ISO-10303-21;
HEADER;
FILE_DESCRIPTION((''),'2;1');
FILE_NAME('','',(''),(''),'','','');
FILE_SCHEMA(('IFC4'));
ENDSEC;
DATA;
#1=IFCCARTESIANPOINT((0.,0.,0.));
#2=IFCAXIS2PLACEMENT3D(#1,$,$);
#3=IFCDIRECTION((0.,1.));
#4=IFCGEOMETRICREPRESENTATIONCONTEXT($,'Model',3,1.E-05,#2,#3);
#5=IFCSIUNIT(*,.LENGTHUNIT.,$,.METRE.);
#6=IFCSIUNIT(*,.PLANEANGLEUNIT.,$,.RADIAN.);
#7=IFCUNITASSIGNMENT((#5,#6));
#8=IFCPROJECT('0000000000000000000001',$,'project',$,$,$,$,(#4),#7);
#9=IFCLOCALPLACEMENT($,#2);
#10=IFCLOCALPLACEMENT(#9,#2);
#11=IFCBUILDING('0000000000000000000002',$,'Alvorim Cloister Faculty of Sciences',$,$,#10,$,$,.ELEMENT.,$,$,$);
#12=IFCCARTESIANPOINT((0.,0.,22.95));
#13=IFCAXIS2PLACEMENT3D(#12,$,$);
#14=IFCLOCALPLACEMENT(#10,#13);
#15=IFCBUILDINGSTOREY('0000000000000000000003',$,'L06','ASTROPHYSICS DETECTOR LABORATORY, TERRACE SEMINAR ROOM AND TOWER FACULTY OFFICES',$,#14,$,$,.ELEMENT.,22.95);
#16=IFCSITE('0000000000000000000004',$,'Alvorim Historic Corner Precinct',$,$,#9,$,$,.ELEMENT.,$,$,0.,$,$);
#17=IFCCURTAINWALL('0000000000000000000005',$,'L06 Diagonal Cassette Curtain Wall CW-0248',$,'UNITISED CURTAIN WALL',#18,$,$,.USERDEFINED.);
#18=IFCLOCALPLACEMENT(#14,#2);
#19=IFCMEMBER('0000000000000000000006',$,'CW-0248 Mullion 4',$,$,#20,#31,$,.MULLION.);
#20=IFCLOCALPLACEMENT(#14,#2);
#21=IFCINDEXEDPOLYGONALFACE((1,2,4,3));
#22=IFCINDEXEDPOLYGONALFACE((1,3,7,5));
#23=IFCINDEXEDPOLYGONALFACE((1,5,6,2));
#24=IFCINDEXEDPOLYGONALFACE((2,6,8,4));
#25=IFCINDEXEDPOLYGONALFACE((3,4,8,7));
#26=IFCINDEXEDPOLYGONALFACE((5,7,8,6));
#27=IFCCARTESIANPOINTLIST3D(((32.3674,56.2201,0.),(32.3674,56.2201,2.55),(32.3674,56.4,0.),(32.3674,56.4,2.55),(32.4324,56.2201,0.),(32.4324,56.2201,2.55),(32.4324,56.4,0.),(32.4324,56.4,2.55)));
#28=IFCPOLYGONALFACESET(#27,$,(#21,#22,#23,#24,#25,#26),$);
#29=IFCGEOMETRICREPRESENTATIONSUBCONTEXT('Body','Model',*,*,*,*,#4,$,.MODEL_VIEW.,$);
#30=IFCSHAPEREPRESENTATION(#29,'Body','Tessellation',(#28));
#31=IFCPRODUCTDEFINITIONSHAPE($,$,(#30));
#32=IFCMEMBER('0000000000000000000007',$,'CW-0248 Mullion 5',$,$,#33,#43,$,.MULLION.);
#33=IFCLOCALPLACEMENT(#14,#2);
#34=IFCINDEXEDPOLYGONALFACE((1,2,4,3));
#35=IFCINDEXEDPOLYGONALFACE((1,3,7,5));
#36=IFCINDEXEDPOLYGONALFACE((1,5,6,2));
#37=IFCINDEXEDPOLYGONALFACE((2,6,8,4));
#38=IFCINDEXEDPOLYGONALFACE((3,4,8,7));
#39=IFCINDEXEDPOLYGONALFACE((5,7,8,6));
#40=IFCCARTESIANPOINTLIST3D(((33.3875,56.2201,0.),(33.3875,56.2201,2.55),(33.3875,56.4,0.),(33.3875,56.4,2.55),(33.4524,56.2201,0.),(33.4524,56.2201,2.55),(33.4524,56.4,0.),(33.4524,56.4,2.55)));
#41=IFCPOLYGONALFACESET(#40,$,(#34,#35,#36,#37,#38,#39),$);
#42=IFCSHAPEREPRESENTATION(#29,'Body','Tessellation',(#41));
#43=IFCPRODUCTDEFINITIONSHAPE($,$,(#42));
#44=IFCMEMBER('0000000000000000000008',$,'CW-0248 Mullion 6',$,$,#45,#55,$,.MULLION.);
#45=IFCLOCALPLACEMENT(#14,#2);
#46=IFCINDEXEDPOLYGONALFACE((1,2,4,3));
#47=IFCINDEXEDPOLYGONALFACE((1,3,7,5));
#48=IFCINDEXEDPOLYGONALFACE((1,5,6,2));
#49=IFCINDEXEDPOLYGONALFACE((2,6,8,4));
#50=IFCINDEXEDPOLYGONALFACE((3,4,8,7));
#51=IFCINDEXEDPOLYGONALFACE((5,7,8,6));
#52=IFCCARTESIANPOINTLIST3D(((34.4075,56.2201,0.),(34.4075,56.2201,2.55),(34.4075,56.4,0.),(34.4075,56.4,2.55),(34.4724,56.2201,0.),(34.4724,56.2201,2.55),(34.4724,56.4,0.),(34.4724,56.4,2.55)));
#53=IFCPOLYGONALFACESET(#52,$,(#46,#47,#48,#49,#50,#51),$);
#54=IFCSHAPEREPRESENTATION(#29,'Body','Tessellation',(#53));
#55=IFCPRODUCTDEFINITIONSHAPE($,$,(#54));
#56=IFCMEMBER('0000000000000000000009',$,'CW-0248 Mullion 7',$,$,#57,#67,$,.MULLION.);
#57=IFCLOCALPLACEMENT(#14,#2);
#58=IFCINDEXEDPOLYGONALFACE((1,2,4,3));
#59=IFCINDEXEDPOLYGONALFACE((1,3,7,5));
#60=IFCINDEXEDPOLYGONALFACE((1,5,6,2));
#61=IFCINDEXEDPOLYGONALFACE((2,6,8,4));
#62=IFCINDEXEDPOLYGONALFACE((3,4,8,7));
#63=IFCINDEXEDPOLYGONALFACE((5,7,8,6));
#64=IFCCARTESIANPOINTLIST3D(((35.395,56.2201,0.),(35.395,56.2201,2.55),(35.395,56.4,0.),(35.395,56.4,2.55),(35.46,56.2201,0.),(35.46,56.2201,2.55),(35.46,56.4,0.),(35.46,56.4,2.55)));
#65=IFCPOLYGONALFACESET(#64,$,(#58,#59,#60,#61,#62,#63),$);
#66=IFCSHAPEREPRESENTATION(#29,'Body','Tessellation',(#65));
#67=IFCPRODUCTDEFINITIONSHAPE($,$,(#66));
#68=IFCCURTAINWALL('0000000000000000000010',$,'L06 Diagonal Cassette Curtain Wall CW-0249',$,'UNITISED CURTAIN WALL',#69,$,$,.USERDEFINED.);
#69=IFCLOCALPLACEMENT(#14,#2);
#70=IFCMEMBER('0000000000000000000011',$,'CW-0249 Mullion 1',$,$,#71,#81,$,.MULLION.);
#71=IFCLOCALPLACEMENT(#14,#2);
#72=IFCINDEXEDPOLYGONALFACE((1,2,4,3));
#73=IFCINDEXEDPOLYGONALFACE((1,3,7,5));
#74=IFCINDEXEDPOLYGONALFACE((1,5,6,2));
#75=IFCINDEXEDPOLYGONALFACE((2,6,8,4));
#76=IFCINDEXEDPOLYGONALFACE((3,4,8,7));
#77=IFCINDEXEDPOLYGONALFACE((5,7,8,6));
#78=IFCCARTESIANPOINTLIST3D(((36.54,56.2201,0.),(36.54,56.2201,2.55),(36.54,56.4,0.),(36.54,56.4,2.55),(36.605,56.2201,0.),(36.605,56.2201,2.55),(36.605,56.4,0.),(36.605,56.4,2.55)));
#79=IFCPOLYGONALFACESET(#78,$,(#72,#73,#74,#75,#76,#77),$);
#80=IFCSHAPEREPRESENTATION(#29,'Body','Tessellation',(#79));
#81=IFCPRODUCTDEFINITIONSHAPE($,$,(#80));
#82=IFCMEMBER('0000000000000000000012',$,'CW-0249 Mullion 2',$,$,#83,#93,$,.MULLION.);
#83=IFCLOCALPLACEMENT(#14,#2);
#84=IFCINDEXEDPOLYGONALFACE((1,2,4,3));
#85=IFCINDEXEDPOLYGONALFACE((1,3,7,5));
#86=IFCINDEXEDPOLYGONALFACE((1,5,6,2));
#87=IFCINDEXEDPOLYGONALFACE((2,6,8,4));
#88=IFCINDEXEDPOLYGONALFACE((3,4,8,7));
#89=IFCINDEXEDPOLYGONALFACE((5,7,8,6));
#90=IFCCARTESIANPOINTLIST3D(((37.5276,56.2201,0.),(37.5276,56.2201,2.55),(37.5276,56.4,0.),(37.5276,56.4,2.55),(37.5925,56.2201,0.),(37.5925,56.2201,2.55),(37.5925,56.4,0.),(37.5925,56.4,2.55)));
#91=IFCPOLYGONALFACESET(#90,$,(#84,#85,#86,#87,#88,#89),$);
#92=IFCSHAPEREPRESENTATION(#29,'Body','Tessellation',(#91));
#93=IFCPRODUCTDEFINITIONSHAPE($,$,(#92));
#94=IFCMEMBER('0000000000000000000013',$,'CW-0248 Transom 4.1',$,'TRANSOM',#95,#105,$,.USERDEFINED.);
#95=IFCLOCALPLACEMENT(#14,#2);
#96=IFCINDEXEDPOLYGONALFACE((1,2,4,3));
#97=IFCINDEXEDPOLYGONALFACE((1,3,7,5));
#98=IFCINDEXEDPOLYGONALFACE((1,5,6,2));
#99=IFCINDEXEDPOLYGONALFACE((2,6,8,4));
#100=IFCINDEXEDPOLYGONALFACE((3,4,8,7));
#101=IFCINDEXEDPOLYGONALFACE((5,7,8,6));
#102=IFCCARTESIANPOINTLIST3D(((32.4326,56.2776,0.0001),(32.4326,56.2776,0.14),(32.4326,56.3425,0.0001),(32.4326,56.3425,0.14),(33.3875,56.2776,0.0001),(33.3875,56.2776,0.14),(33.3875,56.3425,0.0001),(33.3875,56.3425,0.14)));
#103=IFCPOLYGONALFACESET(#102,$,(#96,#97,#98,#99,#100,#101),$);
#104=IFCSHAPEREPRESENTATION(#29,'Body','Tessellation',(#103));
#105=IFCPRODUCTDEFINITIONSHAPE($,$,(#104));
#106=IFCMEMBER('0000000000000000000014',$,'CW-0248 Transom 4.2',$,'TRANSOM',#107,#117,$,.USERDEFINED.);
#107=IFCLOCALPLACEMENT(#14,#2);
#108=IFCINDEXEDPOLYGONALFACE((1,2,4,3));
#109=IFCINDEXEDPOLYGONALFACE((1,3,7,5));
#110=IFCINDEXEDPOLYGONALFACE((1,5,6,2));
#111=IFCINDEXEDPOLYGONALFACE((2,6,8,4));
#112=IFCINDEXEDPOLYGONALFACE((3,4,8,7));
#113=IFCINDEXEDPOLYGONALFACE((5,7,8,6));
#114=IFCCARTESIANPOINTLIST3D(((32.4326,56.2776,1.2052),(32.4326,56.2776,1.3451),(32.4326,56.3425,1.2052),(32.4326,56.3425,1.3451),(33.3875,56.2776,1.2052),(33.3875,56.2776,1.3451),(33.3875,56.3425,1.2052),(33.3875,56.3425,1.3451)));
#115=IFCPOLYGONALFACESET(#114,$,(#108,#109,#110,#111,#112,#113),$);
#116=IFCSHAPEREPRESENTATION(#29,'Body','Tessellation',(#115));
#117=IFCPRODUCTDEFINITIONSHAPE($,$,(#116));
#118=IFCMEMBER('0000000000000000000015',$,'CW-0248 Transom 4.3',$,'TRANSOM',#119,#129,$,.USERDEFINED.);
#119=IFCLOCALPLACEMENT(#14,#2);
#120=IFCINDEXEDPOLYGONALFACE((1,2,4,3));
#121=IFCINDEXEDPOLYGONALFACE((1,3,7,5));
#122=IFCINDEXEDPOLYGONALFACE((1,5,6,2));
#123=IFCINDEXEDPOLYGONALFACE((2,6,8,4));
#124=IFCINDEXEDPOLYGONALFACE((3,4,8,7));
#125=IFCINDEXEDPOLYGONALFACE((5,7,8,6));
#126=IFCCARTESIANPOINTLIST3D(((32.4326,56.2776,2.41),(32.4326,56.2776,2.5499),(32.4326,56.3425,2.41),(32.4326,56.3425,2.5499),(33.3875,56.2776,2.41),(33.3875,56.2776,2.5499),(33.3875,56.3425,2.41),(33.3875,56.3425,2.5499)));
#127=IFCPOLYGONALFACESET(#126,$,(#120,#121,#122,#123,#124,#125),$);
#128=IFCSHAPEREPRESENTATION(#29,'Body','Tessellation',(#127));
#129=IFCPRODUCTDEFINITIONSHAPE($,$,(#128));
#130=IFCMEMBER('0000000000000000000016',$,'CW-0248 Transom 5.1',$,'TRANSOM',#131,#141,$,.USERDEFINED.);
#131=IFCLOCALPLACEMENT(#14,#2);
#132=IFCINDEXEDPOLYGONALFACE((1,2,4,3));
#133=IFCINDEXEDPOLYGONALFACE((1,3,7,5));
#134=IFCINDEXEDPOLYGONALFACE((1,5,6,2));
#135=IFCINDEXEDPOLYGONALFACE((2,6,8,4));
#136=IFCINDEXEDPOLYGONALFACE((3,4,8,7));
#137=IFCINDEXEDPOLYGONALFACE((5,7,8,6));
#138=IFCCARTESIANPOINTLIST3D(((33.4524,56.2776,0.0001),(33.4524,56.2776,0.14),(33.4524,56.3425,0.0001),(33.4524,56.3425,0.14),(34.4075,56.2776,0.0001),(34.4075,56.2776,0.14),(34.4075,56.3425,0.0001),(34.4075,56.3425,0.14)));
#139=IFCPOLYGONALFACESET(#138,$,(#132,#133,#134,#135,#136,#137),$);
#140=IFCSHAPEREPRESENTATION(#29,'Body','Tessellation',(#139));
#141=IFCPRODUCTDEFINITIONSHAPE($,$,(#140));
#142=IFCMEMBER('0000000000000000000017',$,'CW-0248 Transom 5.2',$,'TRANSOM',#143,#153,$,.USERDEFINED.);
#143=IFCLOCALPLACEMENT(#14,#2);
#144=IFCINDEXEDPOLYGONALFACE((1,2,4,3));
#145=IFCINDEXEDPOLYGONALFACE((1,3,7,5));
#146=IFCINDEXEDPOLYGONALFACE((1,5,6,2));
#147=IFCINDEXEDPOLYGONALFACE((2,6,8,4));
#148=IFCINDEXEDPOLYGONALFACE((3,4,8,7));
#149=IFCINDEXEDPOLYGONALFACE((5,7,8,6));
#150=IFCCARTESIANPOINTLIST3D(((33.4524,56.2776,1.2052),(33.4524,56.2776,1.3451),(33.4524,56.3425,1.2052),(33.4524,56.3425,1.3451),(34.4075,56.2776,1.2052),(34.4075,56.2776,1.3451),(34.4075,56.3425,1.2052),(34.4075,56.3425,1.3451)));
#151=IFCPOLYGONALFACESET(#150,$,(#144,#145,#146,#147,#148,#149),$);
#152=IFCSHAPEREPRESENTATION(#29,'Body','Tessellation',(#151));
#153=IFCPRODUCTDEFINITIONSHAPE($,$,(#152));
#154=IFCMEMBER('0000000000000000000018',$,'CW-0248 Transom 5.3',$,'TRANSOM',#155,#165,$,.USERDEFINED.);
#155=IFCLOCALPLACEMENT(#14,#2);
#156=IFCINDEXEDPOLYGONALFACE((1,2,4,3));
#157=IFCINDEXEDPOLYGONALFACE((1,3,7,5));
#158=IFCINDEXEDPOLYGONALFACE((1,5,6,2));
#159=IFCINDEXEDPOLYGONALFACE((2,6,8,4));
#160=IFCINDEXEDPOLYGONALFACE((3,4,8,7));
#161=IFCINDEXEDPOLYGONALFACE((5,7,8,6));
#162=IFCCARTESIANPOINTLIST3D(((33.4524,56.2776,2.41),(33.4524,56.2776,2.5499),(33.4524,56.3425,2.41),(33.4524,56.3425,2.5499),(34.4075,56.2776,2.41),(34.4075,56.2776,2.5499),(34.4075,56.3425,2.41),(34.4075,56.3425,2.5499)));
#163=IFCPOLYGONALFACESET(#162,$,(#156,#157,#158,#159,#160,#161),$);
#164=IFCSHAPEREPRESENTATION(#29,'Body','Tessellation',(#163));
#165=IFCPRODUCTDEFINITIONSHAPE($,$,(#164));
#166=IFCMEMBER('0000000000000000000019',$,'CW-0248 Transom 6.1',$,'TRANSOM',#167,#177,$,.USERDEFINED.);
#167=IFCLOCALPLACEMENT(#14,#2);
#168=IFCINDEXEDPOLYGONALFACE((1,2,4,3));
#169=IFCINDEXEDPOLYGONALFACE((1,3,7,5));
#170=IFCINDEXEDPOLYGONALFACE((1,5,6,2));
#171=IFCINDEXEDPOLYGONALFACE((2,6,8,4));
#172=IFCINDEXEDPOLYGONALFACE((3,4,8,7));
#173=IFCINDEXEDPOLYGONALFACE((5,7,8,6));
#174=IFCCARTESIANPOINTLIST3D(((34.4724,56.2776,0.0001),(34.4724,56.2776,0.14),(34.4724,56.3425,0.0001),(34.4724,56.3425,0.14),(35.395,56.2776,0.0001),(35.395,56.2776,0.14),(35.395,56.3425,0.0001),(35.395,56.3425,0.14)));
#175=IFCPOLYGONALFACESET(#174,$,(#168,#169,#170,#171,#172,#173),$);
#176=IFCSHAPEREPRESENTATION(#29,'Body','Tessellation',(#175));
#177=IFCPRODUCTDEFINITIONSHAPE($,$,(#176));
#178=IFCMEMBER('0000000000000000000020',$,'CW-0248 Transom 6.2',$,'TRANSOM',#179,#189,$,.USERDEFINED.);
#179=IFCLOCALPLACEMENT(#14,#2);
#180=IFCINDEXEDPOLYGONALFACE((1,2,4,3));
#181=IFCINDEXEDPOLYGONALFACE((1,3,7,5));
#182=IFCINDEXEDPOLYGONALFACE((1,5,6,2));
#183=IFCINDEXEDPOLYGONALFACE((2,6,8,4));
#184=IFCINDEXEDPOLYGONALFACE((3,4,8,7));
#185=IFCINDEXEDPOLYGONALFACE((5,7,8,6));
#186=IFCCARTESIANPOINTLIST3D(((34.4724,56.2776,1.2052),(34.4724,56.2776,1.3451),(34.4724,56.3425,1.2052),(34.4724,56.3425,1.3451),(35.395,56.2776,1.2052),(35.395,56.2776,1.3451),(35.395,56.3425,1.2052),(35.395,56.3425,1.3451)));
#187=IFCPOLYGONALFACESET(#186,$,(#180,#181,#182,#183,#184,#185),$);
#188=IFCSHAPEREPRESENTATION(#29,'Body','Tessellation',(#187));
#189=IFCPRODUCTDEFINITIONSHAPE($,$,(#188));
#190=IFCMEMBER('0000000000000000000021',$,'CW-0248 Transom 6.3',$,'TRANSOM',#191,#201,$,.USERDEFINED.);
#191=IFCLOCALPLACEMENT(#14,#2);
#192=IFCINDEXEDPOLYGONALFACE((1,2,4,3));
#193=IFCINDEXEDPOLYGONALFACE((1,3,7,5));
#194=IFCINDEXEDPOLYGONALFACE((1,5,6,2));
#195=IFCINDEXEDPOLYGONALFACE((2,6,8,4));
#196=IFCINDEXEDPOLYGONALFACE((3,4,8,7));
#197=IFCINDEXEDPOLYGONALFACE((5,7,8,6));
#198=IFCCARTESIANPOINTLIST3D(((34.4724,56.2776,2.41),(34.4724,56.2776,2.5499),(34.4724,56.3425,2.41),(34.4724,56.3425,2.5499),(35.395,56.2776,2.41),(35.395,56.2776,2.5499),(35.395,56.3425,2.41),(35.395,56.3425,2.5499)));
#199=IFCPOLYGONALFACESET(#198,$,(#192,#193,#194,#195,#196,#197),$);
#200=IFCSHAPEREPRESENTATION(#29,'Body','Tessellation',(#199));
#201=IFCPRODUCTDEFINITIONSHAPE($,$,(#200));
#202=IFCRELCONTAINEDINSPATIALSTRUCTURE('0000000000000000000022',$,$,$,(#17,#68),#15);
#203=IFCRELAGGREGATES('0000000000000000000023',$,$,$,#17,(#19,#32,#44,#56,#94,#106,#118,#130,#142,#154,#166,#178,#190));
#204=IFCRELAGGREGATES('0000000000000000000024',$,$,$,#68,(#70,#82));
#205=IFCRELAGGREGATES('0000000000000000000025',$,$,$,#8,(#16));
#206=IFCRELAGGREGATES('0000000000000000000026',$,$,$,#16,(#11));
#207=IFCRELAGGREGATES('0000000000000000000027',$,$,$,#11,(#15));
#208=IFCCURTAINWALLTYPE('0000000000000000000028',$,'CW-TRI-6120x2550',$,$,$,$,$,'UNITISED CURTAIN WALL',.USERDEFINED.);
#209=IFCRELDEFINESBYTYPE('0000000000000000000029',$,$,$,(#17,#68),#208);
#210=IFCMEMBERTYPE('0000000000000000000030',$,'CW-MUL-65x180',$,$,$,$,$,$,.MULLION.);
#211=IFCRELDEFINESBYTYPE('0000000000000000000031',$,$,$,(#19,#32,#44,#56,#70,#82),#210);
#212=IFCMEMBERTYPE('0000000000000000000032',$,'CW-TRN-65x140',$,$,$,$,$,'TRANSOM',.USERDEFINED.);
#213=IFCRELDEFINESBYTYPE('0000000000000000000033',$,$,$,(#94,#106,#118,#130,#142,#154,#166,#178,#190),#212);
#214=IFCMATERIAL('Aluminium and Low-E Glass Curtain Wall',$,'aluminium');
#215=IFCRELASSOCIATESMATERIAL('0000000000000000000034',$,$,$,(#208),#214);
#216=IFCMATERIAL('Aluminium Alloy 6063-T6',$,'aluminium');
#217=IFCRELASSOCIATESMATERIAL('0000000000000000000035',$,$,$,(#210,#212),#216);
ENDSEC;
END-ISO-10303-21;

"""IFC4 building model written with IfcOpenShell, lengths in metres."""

from ifc_helpers import new_model, si_unit, direction, frame, origin, origin_2d, place, context, subcontext, project, spatial, rectangle, extrude, material, material_profile, profile_set, type_object, element, aggregate, save


model = new_model("IFC4")

# Units and contexts
model_context = context("Model", 3, precision=1e-05, world=origin(), true_north=direction((0.0, 1.0)))
body_context = subcontext(model_context, "Body", "Model", "MODEL_VIEW")
ifc_project = project(units=[si_unit("LENGTHUNIT", "METRE"), si_unit("PLANEANGLEUNIT", "RADIAN")], contexts=[model_context])

# Site, building, storey
site_placement = place(None, origin())
site = spatial("IfcSite", under=ifc_project, at=site_placement, Name="Alvorim Historic Corner Precinct", CompositionType="ELEMENT", RefElevation=0.0)
building_placement = place(site_placement, origin())
building = spatial("IfcBuilding", under=site, at=building_placement, Name="Alvorim Cloister Faculty of Sciences", CompositionType="ELEMENT")
storey_placement = place(building_placement, frame((0.0, 0.0, 22.95)))
storey = spatial("IfcBuildingStorey", under=building, at=storey_placement, Name="L06", Description="ASTROPHYSICS DETECTOR LABORATORY, TERRACE SEMINAR ROOM AND TOWER FACULTY OFFICES", CompositionType="ELEMENT", Elevation=22.95)

# Curtain walls, members
ifc_material_1 = material(Name="Aluminium and Low-E Glass Curtain Wall", Category="aluminium")
curtain_wall_type = type_object("IfcCurtainWallType", Name="CW-TRI-6120x2550", ElementType="UNITISED CURTAIN WALL", PredefinedType="USERDEFINED", material=ifc_material_1)
curtain_wall_1_placement = place(storey_placement, origin())
curtain_wall_1 = element("IfcCurtainWall", 1, at=curtain_wall_1_placement, inside=storey, type_object=curtain_wall_type, Name="L06 Diagonal Cassette Curtain Wall CW-0248", ObjectType="UNITISED CURTAIN WALL", PredefinedType="USERDEFINED")
ifc_material_2 = material(Name="Aluminium Alloy 6063-T6", Category="aluminium")
ifc_material_profile_1 = material_profile(ifc_material_2, rectangle(XDim=0.0649, YDim=0.1799, at=origin_2d()), Name="ALU-MUL-65x180")
ifc_profile_set_1 = profile_set([ifc_material_profile_1], Name="Aluminium Alloy 6063-T6")
member_type_1 = type_object("IfcMemberType", Name="CW-MUL-65x180", PredefinedType="MULLION", material=ifc_profile_set_1)
member_1_placement = place(storey_placement, frame((32.3999, 56.3101, 0.0), z_axis=(0.0, 0.0, 1.0), x_axis=(1.0, 0.0, 0.0)))
member_1 = element("IfcMember", 2, at=member_1_placement, type_object=member_type_1, Name="CW-0248 Mullion 4", PredefinedType="MULLION", context=body_context, shape_type="SweptSolid", body=[
    extrude(rectangle(XDim=0.0649, YDim=0.1799, at=origin_2d()), origin(), (0.0, 0.0, 1.0), 2.55),
])
member_2_placement = place(storey_placement, frame((33.4199, 56.3101, 0.0), z_axis=(0.0, 0.0, 1.0), x_axis=(1.0, 0.0, 0.0)))
member_2 = element("IfcMember", 3, at=member_2_placement, type_object=member_type_1, Name="CW-0248 Mullion 5", PredefinedType="MULLION", context=body_context, shape_type="SweptSolid", body=[
    extrude(rectangle(XDim=0.0649, YDim=0.1799, at=origin_2d()), origin(), (0.0, 0.0, 1.0), 2.55),
])
member_3_placement = place(storey_placement, frame((34.4399, 56.3101, 0.0), z_axis=(0.0, 0.0, 1.0), x_axis=(1.0, 0.0, 0.0)))
member_3 = element("IfcMember", 4, at=member_3_placement, type_object=member_type_1, Name="CW-0248 Mullion 6", PredefinedType="MULLION", context=body_context, shape_type="SweptSolid", body=[
    extrude(rectangle(XDim=0.0649, YDim=0.1799, at=origin_2d()), origin(), (0.0, 0.0, 1.0), 2.55),
])
member_4_placement = place(storey_placement, frame((35.4275, 56.3101, 0.0), z_axis=(0.0, 0.0, 1.0), x_axis=(1.0, 0.0, 0.0)))
member_4 = element("IfcMember", 5, at=member_4_placement, type_object=member_type_1, Name="CW-0248 Mullion 7", PredefinedType="MULLION", context=body_context, shape_type="SweptSolid", body=[
    extrude(rectangle(XDim=0.0649, YDim=0.1799, at=origin_2d()), origin(), (0.0, 0.0, 1.0), 2.55),
])
curtain_wall_2_placement = place(storey_placement, origin())
curtain_wall_2 = element("IfcCurtainWall", 6, at=curtain_wall_2_placement, inside=storey, type_object=curtain_wall_type, Name="L06 Diagonal Cassette Curtain Wall CW-0249", ObjectType="UNITISED CURTAIN WALL", PredefinedType="USERDEFINED")
member_5_placement = place(storey_placement, frame((36.5725, 56.3101, 0.0), z_axis=(0.0, 0.0, 1.0), x_axis=(1.0, 0.0, 0.0)))
member_5 = element("IfcMember", 7, at=member_5_placement, type_object=member_type_1, Name="CW-0249 Mullion 1", PredefinedType="MULLION", context=body_context, shape_type="SweptSolid", body=[
    extrude(rectangle(XDim=0.0649, YDim=0.1799, at=origin_2d()), origin(), (0.0, 0.0, 1.0), 2.55),
])
member_6_placement = place(storey_placement, frame((37.5601, 56.3101, 0.0), z_axis=(0.0, 0.0, 1.0), x_axis=(1.0, 0.0, 0.0)))
member_6 = element("IfcMember", 8, at=member_6_placement, type_object=member_type_1, Name="CW-0249 Mullion 2", PredefinedType="MULLION", context=body_context, shape_type="SweptSolid", body=[
    extrude(rectangle(XDim=0.0649, YDim=0.1799, at=origin_2d()), origin(), (0.0, 0.0, 1.0), 2.55),
])

# Members
ifc_material_profile_2 = material_profile(ifc_material_2, rectangle(XDim=0.0649, YDim=0.1399, at=origin_2d()), Name="ALU-TRN-65x140")
ifc_profile_set_2 = profile_set([ifc_material_profile_2], Name="Aluminium Alloy 6063-T6")
member_type_2 = type_object("IfcMemberType", Name="CW-TRN-65x140", ElementType="TRANSOM", PredefinedType="USERDEFINED", material=ifc_profile_set_2)
member_7_placement = place(storey_placement, frame((32.4326, 56.3101, 0.0701), z_axis=(1.0, 0.0, 0.0), x_axis=(0.0, 1.0, 0.0)))
member_7 = element("IfcMember", 9, at=member_7_placement, type_object=member_type_2, Name="CW-0248 Transom 4.1", ObjectType="TRANSOM", PredefinedType="USERDEFINED", context=body_context, shape_type="SweptSolid", body=[
    extrude(rectangle(XDim=0.0649, YDim=0.1399, at=origin_2d()), origin(), (0.0, 0.0, 1.0), 0.9548),
])
member_8_placement = place(storey_placement, frame((32.4326, 56.3101, 1.2751), z_axis=(1.0, 0.0, 0.0), x_axis=(0.0, 1.0, 0.0)))
member_8 = element("IfcMember", 10, at=member_8_placement, type_object=member_type_2, Name="CW-0248 Transom 4.2", ObjectType="TRANSOM", PredefinedType="USERDEFINED", context=body_context, shape_type="SweptSolid", body=[
    extrude(rectangle(XDim=0.0649, YDim=0.1399, at=origin_2d()), origin(), (0.0, 0.0, 1.0), 0.9548),
])
member_9_placement = place(storey_placement, frame((32.4326, 56.3101, 2.48), z_axis=(1.0, 0.0, 0.0), x_axis=(0.0, 1.0, 0.0)))
member_9 = element("IfcMember", 11, at=member_9_placement, type_object=member_type_2, Name="CW-0248 Transom 4.3", ObjectType="TRANSOM", PredefinedType="USERDEFINED", context=body_context, shape_type="SweptSolid", body=[
    extrude(rectangle(XDim=0.0649, YDim=0.1399, at=origin_2d()), origin(), (0.0, 0.0, 1.0), 0.9548),
])
member_10_placement = place(storey_placement, frame((33.4524, 56.3101, 0.0701), z_axis=(1.0, 0.0, 0.0), x_axis=(0.0, 1.0, 0.0)))
member_10 = element("IfcMember", 12, at=member_10_placement, type_object=member_type_2, Name="CW-0248 Transom 5.1", ObjectType="TRANSOM", PredefinedType="USERDEFINED", context=body_context, shape_type="SweptSolid", body=[
    extrude(rectangle(XDim=0.0649, YDim=0.1399, at=origin_2d()), origin(), (0.0, 0.0, 1.0), 0.9551),
])
member_11_placement = place(storey_placement, frame((33.4524, 56.3101, 1.2751), z_axis=(1.0, 0.0, 0.0), x_axis=(0.0, 1.0, 0.0)))
member_11 = element("IfcMember", 13, at=member_11_placement, type_object=member_type_2, Name="CW-0248 Transom 5.2", ObjectType="TRANSOM", PredefinedType="USERDEFINED", context=body_context, shape_type="SweptSolid", body=[
    extrude(rectangle(XDim=0.0649, YDim=0.1399, at=origin_2d()), origin(), (0.0, 0.0, 1.0), 0.9551),
])
member_12_placement = place(storey_placement, frame((33.4524, 56.3101, 2.48), z_axis=(1.0, 0.0, 0.0), x_axis=(0.0, 1.0, 0.0)))
member_12 = element("IfcMember", 14, at=member_12_placement, type_object=member_type_2, Name="CW-0248 Transom 5.3", ObjectType="TRANSOM", PredefinedType="USERDEFINED", context=body_context, shape_type="SweptSolid", body=[
    extrude(rectangle(XDim=0.0649, YDim=0.1399, at=origin_2d()), origin(), (0.0, 0.0, 1.0), 0.9551),
])
member_13_placement = place(storey_placement, frame((34.4724, 56.3101, 0.0701), z_axis=(1.0, 0.0, 0.0), x_axis=(0.0, 1.0, 0.0)))
member_13 = element("IfcMember", 15, at=member_13_placement, type_object=member_type_2, Name="CW-0248 Transom 6.1", ObjectType="TRANSOM", PredefinedType="USERDEFINED", context=body_context, shape_type="SweptSolid", body=[
    extrude(rectangle(XDim=0.0649, YDim=0.1399, at=origin_2d()), origin(), (0.0, 0.0, 1.0), 0.9226),
])
member_14_placement = place(storey_placement, frame((34.4724, 56.3101, 1.2751), z_axis=(1.0, 0.0, 0.0), x_axis=(0.0, 1.0, 0.0)))
member_14 = element("IfcMember", 16, at=member_14_placement, type_object=member_type_2, Name="CW-0248 Transom 6.2", ObjectType="TRANSOM", PredefinedType="USERDEFINED", context=body_context, shape_type="SweptSolid", body=[
    extrude(rectangle(XDim=0.0649, YDim=0.1399, at=origin_2d()), origin(), (0.0, 0.0, 1.0), 0.9226),
])
member_15_placement = place(storey_placement, frame((34.4724, 56.3101, 2.48), z_axis=(1.0, 0.0, 0.0), x_axis=(0.0, 1.0, 0.0)))
member_15 = element("IfcMember", 17, at=member_15_placement, type_object=member_type_2, Name="CW-0248 Transom 6.3", ObjectType="TRANSOM", PredefinedType="USERDEFINED", context=body_context, shape_type="SweptSolid", body=[
    extrude(rectangle(XDim=0.0649, YDim=0.1399, at=origin_2d()), origin(), (0.0, 0.0, 1.0), 0.9226),
])
aggregate(curtain_wall_1, [member_1, member_2, member_3, member_4, member_7, member_8, member_9, member_10, member_11, member_12, member_13, member_14, member_15])
aggregate(curtain_wall_2, [member_5, member_6])

save(model, "model.ifc")
